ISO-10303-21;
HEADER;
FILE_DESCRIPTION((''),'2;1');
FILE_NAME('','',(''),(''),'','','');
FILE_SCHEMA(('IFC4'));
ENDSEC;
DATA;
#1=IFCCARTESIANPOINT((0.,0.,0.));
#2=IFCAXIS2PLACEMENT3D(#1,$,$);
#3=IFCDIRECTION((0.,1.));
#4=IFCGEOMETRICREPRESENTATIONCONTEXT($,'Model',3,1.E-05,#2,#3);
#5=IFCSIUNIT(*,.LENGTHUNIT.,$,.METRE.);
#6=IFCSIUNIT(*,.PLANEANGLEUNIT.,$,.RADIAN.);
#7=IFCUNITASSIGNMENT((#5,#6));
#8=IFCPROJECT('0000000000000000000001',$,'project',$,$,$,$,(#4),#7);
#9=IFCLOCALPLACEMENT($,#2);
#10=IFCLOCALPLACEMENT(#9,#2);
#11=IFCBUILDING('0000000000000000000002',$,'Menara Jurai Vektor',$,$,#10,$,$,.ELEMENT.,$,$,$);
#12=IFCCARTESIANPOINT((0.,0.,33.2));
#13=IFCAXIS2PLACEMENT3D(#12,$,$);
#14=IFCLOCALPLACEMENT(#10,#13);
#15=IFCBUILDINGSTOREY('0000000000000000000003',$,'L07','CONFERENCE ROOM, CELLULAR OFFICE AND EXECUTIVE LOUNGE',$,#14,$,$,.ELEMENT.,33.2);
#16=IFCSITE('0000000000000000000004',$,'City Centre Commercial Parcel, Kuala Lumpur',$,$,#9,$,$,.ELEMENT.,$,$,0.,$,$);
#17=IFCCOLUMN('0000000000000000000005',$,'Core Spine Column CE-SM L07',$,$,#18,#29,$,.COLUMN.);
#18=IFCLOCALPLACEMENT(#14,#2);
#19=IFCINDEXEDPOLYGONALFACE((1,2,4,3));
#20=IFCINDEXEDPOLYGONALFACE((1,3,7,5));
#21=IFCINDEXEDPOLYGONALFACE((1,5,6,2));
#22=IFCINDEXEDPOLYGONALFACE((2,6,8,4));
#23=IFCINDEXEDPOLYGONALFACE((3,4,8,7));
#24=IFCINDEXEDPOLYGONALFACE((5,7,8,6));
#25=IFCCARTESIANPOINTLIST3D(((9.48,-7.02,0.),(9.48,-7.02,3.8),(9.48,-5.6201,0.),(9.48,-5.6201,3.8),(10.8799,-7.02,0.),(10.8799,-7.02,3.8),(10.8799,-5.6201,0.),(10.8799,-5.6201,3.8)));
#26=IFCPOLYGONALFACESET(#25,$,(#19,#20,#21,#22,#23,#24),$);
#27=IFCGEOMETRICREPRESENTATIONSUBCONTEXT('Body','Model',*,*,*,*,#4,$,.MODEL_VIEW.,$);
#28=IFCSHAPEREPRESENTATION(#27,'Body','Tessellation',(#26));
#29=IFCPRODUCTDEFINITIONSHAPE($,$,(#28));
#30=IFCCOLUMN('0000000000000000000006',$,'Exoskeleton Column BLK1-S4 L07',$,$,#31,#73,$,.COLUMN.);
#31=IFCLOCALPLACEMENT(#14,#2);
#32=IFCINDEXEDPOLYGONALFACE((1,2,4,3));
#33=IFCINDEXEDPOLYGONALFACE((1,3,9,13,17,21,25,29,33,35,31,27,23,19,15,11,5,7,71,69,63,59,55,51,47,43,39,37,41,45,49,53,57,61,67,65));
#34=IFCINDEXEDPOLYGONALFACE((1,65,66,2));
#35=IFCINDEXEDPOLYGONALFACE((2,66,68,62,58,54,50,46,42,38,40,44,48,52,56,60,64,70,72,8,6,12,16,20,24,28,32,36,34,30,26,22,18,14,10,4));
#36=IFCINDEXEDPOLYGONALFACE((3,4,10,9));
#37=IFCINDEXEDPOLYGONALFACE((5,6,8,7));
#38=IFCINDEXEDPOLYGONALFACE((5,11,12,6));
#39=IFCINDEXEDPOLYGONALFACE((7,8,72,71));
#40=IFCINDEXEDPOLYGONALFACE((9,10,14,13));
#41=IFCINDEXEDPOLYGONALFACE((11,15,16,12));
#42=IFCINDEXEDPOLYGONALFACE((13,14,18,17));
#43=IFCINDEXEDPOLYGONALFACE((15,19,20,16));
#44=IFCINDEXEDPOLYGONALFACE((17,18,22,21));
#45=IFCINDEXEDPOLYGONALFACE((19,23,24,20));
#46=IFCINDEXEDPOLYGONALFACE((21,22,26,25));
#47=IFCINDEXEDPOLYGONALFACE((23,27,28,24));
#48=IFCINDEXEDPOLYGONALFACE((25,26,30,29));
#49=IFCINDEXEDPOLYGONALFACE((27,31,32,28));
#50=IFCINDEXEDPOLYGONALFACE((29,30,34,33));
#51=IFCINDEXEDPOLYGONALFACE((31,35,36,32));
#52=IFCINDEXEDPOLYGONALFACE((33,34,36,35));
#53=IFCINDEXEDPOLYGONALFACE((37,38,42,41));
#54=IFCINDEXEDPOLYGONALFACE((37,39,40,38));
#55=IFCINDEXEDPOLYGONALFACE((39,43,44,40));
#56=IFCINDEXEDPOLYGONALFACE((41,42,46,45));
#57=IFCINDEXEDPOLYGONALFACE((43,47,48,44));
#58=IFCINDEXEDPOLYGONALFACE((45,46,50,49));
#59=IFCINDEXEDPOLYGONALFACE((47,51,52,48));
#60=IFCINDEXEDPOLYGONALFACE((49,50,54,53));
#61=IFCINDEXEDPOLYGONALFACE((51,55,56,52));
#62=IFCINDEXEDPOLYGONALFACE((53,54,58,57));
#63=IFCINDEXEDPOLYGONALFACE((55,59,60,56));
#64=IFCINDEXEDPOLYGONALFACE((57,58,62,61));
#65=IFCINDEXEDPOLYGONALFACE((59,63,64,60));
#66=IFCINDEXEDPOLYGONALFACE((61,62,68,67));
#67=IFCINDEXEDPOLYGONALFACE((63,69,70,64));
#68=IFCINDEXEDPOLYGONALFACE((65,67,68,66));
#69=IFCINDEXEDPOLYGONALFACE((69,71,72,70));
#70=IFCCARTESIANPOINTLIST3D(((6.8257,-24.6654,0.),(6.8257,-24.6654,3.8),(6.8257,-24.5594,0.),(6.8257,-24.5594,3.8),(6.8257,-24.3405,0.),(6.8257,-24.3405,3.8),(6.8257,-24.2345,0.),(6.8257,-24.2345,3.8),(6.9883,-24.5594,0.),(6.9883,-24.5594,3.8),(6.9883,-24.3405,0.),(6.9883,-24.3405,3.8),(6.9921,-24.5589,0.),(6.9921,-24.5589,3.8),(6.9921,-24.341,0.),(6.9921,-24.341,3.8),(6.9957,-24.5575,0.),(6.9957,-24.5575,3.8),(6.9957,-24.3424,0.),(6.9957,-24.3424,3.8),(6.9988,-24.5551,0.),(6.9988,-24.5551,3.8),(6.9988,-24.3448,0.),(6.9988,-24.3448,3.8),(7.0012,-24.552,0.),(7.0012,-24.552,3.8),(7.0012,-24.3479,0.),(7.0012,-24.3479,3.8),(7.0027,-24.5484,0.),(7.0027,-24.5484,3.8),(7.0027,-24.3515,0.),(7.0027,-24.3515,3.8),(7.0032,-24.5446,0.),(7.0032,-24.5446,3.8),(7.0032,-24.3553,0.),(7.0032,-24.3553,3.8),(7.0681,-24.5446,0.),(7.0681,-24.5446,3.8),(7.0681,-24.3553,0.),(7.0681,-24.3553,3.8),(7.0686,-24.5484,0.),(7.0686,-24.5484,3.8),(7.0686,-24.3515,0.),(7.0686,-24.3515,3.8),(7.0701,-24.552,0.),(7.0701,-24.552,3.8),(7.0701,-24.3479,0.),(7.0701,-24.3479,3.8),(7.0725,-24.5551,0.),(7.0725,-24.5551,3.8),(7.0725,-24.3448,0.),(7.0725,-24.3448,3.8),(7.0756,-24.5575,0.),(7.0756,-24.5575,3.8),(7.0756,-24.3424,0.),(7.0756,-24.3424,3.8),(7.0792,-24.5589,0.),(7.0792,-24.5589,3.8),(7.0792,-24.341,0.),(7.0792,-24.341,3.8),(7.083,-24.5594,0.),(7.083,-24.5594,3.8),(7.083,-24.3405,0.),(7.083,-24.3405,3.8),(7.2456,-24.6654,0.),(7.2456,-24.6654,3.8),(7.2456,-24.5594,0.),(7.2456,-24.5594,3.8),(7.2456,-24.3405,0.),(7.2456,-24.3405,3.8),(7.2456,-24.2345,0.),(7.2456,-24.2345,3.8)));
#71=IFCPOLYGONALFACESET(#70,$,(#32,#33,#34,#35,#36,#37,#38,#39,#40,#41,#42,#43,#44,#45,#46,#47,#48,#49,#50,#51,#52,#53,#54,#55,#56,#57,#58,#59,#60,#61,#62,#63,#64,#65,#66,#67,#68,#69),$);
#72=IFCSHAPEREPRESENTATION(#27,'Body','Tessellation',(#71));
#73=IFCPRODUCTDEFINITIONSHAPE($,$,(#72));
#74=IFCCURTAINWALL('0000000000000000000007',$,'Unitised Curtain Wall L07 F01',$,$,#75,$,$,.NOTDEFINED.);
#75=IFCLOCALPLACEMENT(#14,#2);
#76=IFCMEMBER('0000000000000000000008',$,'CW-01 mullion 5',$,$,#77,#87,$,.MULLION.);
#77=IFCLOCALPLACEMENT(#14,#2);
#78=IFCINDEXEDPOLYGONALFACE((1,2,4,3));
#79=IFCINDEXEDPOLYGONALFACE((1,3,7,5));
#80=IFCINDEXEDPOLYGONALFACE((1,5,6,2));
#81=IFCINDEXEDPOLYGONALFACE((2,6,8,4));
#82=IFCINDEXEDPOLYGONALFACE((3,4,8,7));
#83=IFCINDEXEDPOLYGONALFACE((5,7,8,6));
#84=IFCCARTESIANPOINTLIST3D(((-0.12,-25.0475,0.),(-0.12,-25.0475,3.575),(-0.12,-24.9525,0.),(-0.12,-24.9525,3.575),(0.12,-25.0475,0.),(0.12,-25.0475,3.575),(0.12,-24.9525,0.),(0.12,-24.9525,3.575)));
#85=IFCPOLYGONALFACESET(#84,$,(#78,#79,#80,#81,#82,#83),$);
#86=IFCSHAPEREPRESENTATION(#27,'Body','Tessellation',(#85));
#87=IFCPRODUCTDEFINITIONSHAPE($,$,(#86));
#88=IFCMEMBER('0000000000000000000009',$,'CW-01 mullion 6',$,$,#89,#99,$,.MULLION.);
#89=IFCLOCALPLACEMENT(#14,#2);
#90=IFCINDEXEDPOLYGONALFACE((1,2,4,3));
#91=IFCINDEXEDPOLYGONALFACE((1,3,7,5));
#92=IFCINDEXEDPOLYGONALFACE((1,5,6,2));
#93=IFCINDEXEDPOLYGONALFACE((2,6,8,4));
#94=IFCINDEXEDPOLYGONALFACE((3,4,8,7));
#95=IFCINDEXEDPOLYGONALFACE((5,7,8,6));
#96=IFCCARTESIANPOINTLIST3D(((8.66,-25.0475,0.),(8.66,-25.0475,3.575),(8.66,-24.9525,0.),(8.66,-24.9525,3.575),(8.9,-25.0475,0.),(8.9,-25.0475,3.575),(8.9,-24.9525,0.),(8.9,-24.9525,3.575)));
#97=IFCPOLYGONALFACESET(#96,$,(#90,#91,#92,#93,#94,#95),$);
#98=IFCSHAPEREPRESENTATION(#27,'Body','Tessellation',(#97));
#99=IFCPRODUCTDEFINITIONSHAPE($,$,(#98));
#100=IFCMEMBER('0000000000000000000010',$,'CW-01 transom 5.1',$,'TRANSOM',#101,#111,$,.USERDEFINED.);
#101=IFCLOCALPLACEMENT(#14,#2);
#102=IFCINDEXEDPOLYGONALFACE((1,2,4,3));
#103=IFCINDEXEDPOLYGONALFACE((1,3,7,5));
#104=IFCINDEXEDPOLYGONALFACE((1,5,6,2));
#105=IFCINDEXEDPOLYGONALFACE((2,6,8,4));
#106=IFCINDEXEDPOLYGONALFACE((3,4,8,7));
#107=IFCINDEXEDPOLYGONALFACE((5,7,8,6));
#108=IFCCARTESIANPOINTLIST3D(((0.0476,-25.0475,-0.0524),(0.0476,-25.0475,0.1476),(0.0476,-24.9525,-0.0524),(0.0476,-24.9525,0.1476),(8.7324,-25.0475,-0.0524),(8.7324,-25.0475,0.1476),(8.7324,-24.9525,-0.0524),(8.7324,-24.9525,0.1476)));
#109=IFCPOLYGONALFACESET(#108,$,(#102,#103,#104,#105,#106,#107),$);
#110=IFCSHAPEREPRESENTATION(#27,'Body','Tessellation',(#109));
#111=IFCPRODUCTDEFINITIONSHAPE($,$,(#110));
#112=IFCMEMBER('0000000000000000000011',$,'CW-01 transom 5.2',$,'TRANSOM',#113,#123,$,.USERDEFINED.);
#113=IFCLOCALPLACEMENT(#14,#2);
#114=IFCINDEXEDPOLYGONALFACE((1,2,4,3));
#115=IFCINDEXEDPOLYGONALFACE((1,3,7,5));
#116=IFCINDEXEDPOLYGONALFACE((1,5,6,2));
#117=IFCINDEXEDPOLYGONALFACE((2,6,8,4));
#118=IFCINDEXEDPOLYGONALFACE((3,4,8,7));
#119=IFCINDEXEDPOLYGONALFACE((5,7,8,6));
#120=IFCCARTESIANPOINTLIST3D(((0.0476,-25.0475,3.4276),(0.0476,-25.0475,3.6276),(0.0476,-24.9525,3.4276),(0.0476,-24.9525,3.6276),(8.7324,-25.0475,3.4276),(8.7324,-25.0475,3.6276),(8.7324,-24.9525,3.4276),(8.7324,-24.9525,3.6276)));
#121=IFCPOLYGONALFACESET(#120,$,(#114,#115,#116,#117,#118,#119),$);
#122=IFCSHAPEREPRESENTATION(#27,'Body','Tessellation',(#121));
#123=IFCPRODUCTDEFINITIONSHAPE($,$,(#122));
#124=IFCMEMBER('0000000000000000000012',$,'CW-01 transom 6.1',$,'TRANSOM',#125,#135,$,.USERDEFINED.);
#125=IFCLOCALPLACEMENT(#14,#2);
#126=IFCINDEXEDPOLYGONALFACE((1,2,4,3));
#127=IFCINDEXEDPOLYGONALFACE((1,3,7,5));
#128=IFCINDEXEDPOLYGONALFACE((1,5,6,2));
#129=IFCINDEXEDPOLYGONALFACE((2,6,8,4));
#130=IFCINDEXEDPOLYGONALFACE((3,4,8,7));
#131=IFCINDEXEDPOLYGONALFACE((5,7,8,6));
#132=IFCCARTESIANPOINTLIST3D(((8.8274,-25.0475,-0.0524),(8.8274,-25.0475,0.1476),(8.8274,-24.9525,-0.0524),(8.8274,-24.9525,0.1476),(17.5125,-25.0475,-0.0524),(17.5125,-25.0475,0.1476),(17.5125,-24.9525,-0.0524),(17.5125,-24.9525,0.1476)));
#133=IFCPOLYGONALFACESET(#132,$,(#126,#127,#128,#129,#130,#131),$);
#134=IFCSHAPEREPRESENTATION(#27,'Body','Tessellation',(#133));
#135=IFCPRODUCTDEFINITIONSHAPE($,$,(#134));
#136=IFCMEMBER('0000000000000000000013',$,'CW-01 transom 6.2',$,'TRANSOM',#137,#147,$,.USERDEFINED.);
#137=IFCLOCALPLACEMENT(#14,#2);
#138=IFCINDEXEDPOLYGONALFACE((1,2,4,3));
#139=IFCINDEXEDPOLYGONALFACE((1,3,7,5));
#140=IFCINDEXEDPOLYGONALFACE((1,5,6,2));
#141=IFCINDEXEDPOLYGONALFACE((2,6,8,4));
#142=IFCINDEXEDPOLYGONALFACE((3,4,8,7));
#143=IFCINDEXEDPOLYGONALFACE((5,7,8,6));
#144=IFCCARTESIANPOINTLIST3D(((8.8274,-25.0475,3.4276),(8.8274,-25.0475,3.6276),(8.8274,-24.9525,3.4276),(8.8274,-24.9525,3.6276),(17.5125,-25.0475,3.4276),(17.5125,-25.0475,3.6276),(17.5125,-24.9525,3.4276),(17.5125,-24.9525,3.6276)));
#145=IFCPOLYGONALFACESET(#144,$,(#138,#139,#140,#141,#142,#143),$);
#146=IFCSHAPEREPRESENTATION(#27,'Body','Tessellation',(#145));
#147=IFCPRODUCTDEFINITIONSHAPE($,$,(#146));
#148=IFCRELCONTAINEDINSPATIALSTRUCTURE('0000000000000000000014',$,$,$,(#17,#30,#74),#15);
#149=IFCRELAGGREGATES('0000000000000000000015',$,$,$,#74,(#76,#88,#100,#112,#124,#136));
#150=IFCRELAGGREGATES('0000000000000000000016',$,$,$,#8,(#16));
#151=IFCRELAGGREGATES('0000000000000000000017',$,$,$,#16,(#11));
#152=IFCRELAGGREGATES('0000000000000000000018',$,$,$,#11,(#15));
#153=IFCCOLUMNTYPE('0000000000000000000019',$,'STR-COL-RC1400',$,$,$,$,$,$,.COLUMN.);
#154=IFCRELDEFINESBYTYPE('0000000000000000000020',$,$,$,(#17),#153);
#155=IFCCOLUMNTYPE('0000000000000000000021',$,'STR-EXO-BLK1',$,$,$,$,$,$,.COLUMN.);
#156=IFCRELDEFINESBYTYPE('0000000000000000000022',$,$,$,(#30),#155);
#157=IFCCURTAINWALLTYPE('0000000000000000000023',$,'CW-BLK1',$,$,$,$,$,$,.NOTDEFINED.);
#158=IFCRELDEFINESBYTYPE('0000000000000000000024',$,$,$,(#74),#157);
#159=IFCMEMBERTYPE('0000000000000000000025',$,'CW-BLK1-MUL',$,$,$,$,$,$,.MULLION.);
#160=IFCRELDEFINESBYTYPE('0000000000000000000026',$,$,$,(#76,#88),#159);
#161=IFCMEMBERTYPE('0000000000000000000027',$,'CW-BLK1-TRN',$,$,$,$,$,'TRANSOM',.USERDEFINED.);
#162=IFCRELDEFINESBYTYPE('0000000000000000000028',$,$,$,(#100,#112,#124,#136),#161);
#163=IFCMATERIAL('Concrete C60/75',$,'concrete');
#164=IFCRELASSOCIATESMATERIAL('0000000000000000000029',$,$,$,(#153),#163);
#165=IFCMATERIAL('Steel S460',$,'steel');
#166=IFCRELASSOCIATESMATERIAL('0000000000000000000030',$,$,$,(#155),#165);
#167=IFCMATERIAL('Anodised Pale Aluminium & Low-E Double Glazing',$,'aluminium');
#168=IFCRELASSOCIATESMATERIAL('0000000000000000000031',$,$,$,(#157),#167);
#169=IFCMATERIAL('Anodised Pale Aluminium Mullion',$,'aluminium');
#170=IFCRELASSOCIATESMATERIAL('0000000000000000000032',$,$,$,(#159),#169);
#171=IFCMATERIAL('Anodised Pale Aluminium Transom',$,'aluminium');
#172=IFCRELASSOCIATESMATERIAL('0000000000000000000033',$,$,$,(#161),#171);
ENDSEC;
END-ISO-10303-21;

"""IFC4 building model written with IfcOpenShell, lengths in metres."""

from ifc_helpers import new_model, si_unit, direction, frame, origin, origin_2d, place, context, subcontext, project, spatial, rectangle, i_section, extrude, material, material_profile, profile_set, type_object, element, aggregate, save


model = new_model("IFC4")

# Units and contexts
model_context = context("Model", 3, precision=1e-05, world=origin(), true_north=direction((0.0, 1.0)))
body_context = subcontext(model_context, "Body", "Model", "MODEL_VIEW")
ifc_project = project(units=[si_unit("LENGTHUNIT", "METRE"), si_unit("PLANEANGLEUNIT", "RADIAN")], contexts=[model_context])

# Site, building, storey
site_placement = place(None, origin())
site = spatial("IfcSite", under=ifc_project, at=site_placement, Name="City Centre Commercial Parcel, Kuala Lumpur", CompositionType="ELEMENT", RefElevation=0.0)
building_placement = place(site_placement, origin())
building = spatial("IfcBuilding", under=site, at=building_placement, Name="Menara Jurai Vektor", CompositionType="ELEMENT")
storey_placement = place(building_placement, frame((0.0, 0.0, 33.2)))
storey = spatial("IfcBuildingStorey", under=building, at=storey_placement, Name="L07", Description="CONFERENCE ROOM, CELLULAR OFFICE AND EXECUTIVE LOUNGE", CompositionType="ELEMENT", Elevation=33.2)

# Columns
ifc_material_1 = material(Name="Concrete C60/75", Category="concrete")
ifc_material_profile_1 = material_profile(ifc_material_1, rectangle(XDim=1.3999, YDim=1.3999, at=origin_2d()), Name="RC 1400x1400")
ifc_profile_set_1 = profile_set([ifc_material_profile_1], Name="Concrete C60/75")
column_type_1 = type_object("IfcColumnType", Name="STR-COL-RC1400", PredefinedType="COLUMN", material=ifc_profile_set_1)
column_1_placement = place(storey_placement, frame((10.1799, -6.3201, 0.0), z_axis=(0.0, 0.0, 1.0), x_axis=(1.0, 0.0, 0.0)))
element("IfcColumn", 1, at=column_1_placement, inside=storey, type_object=column_type_1, Name="Core Spine Column CE-SM L07", PredefinedType="COLUMN", context=body_context, shape_type="SweptSolid", body=[
    extrude(rectangle(XDim=1.3999, YDim=1.3999, at=origin_2d()), origin(), (0.0, 0.0, 1.0), 3.8),
])
ifc_material_2 = material(Name="Steel S460", Category="steel")
ifc_material_profile_2 = material_profile(ifc_material_2, i_section(OverallWidth=0.4199, OverallDepth=0.4309, WebThickness=0.0649, FlangeThickness=0.106, FilletRadius=0.0149, at=origin_2d()), Name="HD 400x900")
ifc_profile_set_2 = profile_set([ifc_material_profile_2], Name="Steel S460")
column_type_2 = type_object("IfcColumnType", Name="STR-EXO-BLK1", PredefinedType="COLUMN", material=ifc_profile_set_2)
column_2_placement = place(storey_placement, frame((7.0356, -24.45, 0.0), z_axis=(0.0, 0.0, 1.0), x_axis=(1.0, 0.0, 0.0)))
element("IfcColumn", 2, at=column_2_placement, inside=storey, type_object=column_type_2, Name="Exoskeleton Column BLK1-S4 L07", PredefinedType="COLUMN", context=body_context, shape_type="SweptSolid", body=[
    extrude(i_section(OverallWidth=0.4199, OverallDepth=0.4309, WebThickness=0.0649, FlangeThickness=0.106, FilletRadius=0.0149, at=origin_2d()), origin(), (0.0, 0.0, 1.0), 3.8),
])

# Curtain wall, members
ifc_material_3 = material(Name="Anodised Pale Aluminium & Low-E Double Glazing", Category="aluminium")
curtain_wall_type = type_object("IfcCurtainWallType", Name="CW-BLK1", PredefinedType="NOTDEFINED", material=ifc_material_3)
curtain_wall_placement = place(storey_placement, origin())
curtain_wall = element("IfcCurtainWall", 3, at=curtain_wall_placement, inside=storey, type_object=curtain_wall_type, Name="Unitised Curtain Wall L07 F01", PredefinedType="NOTDEFINED")
ifc_material_4 = material(Name="Anodised Pale Aluminium Mullion", Category="aluminium")
ifc_material_profile_3 = material_profile(ifc_material_4, rectangle(XDim=0.095, YDim=0.24, at=origin_2d()), Name="ALU MUL 95x240")
ifc_profile_set_3 = profile_set([ifc_material_profile_3], Name="Anodised Pale Aluminium Mullion")
member_type_1 = type_object("IfcMemberType", Name="CW-BLK1-MUL", PredefinedType="MULLION", material=ifc_profile_set_3)
member_1_placement = place(storey_placement, frame((0.0, -25.0, 0.0), z_axis=(0.0, 0.0, 1.0), x_axis=(0.0, 1.0, 0.0)))
member_1 = element("IfcMember", 4, at=member_1_placement, type_object=member_type_1, Name="CW-01 mullion 5", PredefinedType="MULLION", context=body_context, shape_type="SweptSolid", body=[
    extrude(rectangle(XDim=0.095, YDim=0.24, at=origin_2d()), origin(), (0.0, 0.0, 1.0), 3.575),
])
member_2_placement = place(storey_placement, frame((8.78, -25.0, 0.0), z_axis=(0.0, 0.0, 1.0), x_axis=(0.0, 1.0, 0.0)))
member_2 = element("IfcMember", 5, at=member_2_placement, type_object=member_type_1, Name="CW-01 mullion 6", PredefinedType="MULLION", context=body_context, shape_type="SweptSolid", body=[
    extrude(rectangle(XDim=0.095, YDim=0.24, at=origin_2d()), origin(), (0.0, 0.0, 1.0), 3.575),
])
ifc_material_5 = material(Name="Anodised Pale Aluminium Transom", Category="aluminium")
ifc_material_profile_4 = material_profile(ifc_material_5, rectangle(XDim=0.095, YDim=0.2, at=origin_2d()), Name="ALU TRN 95x200")
ifc_profile_set_4 = profile_set([ifc_material_profile_4], Name="Anodised Pale Aluminium Transom")
member_type_2 = type_object("IfcMemberType", Name="CW-BLK1-TRN", ElementType="TRANSOM", PredefinedType="USERDEFINED", material=ifc_profile_set_4)
member_3_placement = place(storey_placement, frame((0.0476, -25.0, 0.0476), z_axis=(1.0, 0.0, 0.0), x_axis=(0.0, 1.0, 0.0)))
member_3 = element("IfcMember", 6, at=member_3_placement, type_object=member_type_2, Name="CW-01 transom 5.1", ObjectType="TRANSOM", PredefinedType="USERDEFINED", context=body_context, shape_type="SweptSolid", body=[
    extrude(rectangle(XDim=0.095, YDim=0.2, at=origin_2d()), origin(), (0.0, 0.0, 1.0), 8.6848),
])
member_4_placement = place(storey_placement, frame((0.0476, -25.0, 3.5276), z_axis=(1.0, 0.0, 0.0), x_axis=(0.0, 1.0, 0.0)))
member_4 = element("IfcMember", 7, at=member_4_placement, type_object=member_type_2, Name="CW-01 transom 5.2", ObjectType="TRANSOM", PredefinedType="USERDEFINED", context=body_context, shape_type="SweptSolid", body=[
    extrude(rectangle(XDim=0.095, YDim=0.2, at=origin_2d()), origin(), (0.0, 0.0, 1.0), 8.6848),
])
member_5_placement = place(storey_placement, frame((8.8274, -25.0, 0.0476), z_axis=(1.0, 0.0, 0.0), x_axis=(0.0, 1.0, 0.0)))
member_5 = element("IfcMember", 8, at=member_5_placement, type_object=member_type_2, Name="CW-01 transom 6.1", ObjectType="TRANSOM", PredefinedType="USERDEFINED", context=body_context, shape_type="SweptSolid", body=[
    extrude(rectangle(XDim=0.095, YDim=0.2, at=origin_2d()), origin(), (0.0, 0.0, 1.0), 8.6851),
])
member_6_placement = place(storey_placement, frame((8.8274, -25.0, 3.5276), z_axis=(1.0, 0.0, 0.0), x_axis=(0.0, 1.0, 0.0)))
member_6 = element("IfcMember", 9, at=member_6_placement, type_object=member_type_2, Name="CW-01 transom 6.2", ObjectType="TRANSOM", PredefinedType="USERDEFINED", context=body_context, shape_type="SweptSolid", body=[
    extrude(rectangle(XDim=0.095, YDim=0.2, at=origin_2d()), origin(), (0.0, 0.0, 1.0), 8.6851),
])

aggregate(curtain_wall, [member_1, member_2, member_3, member_4, member_5, member_6])

save(model, "model.ifc")
